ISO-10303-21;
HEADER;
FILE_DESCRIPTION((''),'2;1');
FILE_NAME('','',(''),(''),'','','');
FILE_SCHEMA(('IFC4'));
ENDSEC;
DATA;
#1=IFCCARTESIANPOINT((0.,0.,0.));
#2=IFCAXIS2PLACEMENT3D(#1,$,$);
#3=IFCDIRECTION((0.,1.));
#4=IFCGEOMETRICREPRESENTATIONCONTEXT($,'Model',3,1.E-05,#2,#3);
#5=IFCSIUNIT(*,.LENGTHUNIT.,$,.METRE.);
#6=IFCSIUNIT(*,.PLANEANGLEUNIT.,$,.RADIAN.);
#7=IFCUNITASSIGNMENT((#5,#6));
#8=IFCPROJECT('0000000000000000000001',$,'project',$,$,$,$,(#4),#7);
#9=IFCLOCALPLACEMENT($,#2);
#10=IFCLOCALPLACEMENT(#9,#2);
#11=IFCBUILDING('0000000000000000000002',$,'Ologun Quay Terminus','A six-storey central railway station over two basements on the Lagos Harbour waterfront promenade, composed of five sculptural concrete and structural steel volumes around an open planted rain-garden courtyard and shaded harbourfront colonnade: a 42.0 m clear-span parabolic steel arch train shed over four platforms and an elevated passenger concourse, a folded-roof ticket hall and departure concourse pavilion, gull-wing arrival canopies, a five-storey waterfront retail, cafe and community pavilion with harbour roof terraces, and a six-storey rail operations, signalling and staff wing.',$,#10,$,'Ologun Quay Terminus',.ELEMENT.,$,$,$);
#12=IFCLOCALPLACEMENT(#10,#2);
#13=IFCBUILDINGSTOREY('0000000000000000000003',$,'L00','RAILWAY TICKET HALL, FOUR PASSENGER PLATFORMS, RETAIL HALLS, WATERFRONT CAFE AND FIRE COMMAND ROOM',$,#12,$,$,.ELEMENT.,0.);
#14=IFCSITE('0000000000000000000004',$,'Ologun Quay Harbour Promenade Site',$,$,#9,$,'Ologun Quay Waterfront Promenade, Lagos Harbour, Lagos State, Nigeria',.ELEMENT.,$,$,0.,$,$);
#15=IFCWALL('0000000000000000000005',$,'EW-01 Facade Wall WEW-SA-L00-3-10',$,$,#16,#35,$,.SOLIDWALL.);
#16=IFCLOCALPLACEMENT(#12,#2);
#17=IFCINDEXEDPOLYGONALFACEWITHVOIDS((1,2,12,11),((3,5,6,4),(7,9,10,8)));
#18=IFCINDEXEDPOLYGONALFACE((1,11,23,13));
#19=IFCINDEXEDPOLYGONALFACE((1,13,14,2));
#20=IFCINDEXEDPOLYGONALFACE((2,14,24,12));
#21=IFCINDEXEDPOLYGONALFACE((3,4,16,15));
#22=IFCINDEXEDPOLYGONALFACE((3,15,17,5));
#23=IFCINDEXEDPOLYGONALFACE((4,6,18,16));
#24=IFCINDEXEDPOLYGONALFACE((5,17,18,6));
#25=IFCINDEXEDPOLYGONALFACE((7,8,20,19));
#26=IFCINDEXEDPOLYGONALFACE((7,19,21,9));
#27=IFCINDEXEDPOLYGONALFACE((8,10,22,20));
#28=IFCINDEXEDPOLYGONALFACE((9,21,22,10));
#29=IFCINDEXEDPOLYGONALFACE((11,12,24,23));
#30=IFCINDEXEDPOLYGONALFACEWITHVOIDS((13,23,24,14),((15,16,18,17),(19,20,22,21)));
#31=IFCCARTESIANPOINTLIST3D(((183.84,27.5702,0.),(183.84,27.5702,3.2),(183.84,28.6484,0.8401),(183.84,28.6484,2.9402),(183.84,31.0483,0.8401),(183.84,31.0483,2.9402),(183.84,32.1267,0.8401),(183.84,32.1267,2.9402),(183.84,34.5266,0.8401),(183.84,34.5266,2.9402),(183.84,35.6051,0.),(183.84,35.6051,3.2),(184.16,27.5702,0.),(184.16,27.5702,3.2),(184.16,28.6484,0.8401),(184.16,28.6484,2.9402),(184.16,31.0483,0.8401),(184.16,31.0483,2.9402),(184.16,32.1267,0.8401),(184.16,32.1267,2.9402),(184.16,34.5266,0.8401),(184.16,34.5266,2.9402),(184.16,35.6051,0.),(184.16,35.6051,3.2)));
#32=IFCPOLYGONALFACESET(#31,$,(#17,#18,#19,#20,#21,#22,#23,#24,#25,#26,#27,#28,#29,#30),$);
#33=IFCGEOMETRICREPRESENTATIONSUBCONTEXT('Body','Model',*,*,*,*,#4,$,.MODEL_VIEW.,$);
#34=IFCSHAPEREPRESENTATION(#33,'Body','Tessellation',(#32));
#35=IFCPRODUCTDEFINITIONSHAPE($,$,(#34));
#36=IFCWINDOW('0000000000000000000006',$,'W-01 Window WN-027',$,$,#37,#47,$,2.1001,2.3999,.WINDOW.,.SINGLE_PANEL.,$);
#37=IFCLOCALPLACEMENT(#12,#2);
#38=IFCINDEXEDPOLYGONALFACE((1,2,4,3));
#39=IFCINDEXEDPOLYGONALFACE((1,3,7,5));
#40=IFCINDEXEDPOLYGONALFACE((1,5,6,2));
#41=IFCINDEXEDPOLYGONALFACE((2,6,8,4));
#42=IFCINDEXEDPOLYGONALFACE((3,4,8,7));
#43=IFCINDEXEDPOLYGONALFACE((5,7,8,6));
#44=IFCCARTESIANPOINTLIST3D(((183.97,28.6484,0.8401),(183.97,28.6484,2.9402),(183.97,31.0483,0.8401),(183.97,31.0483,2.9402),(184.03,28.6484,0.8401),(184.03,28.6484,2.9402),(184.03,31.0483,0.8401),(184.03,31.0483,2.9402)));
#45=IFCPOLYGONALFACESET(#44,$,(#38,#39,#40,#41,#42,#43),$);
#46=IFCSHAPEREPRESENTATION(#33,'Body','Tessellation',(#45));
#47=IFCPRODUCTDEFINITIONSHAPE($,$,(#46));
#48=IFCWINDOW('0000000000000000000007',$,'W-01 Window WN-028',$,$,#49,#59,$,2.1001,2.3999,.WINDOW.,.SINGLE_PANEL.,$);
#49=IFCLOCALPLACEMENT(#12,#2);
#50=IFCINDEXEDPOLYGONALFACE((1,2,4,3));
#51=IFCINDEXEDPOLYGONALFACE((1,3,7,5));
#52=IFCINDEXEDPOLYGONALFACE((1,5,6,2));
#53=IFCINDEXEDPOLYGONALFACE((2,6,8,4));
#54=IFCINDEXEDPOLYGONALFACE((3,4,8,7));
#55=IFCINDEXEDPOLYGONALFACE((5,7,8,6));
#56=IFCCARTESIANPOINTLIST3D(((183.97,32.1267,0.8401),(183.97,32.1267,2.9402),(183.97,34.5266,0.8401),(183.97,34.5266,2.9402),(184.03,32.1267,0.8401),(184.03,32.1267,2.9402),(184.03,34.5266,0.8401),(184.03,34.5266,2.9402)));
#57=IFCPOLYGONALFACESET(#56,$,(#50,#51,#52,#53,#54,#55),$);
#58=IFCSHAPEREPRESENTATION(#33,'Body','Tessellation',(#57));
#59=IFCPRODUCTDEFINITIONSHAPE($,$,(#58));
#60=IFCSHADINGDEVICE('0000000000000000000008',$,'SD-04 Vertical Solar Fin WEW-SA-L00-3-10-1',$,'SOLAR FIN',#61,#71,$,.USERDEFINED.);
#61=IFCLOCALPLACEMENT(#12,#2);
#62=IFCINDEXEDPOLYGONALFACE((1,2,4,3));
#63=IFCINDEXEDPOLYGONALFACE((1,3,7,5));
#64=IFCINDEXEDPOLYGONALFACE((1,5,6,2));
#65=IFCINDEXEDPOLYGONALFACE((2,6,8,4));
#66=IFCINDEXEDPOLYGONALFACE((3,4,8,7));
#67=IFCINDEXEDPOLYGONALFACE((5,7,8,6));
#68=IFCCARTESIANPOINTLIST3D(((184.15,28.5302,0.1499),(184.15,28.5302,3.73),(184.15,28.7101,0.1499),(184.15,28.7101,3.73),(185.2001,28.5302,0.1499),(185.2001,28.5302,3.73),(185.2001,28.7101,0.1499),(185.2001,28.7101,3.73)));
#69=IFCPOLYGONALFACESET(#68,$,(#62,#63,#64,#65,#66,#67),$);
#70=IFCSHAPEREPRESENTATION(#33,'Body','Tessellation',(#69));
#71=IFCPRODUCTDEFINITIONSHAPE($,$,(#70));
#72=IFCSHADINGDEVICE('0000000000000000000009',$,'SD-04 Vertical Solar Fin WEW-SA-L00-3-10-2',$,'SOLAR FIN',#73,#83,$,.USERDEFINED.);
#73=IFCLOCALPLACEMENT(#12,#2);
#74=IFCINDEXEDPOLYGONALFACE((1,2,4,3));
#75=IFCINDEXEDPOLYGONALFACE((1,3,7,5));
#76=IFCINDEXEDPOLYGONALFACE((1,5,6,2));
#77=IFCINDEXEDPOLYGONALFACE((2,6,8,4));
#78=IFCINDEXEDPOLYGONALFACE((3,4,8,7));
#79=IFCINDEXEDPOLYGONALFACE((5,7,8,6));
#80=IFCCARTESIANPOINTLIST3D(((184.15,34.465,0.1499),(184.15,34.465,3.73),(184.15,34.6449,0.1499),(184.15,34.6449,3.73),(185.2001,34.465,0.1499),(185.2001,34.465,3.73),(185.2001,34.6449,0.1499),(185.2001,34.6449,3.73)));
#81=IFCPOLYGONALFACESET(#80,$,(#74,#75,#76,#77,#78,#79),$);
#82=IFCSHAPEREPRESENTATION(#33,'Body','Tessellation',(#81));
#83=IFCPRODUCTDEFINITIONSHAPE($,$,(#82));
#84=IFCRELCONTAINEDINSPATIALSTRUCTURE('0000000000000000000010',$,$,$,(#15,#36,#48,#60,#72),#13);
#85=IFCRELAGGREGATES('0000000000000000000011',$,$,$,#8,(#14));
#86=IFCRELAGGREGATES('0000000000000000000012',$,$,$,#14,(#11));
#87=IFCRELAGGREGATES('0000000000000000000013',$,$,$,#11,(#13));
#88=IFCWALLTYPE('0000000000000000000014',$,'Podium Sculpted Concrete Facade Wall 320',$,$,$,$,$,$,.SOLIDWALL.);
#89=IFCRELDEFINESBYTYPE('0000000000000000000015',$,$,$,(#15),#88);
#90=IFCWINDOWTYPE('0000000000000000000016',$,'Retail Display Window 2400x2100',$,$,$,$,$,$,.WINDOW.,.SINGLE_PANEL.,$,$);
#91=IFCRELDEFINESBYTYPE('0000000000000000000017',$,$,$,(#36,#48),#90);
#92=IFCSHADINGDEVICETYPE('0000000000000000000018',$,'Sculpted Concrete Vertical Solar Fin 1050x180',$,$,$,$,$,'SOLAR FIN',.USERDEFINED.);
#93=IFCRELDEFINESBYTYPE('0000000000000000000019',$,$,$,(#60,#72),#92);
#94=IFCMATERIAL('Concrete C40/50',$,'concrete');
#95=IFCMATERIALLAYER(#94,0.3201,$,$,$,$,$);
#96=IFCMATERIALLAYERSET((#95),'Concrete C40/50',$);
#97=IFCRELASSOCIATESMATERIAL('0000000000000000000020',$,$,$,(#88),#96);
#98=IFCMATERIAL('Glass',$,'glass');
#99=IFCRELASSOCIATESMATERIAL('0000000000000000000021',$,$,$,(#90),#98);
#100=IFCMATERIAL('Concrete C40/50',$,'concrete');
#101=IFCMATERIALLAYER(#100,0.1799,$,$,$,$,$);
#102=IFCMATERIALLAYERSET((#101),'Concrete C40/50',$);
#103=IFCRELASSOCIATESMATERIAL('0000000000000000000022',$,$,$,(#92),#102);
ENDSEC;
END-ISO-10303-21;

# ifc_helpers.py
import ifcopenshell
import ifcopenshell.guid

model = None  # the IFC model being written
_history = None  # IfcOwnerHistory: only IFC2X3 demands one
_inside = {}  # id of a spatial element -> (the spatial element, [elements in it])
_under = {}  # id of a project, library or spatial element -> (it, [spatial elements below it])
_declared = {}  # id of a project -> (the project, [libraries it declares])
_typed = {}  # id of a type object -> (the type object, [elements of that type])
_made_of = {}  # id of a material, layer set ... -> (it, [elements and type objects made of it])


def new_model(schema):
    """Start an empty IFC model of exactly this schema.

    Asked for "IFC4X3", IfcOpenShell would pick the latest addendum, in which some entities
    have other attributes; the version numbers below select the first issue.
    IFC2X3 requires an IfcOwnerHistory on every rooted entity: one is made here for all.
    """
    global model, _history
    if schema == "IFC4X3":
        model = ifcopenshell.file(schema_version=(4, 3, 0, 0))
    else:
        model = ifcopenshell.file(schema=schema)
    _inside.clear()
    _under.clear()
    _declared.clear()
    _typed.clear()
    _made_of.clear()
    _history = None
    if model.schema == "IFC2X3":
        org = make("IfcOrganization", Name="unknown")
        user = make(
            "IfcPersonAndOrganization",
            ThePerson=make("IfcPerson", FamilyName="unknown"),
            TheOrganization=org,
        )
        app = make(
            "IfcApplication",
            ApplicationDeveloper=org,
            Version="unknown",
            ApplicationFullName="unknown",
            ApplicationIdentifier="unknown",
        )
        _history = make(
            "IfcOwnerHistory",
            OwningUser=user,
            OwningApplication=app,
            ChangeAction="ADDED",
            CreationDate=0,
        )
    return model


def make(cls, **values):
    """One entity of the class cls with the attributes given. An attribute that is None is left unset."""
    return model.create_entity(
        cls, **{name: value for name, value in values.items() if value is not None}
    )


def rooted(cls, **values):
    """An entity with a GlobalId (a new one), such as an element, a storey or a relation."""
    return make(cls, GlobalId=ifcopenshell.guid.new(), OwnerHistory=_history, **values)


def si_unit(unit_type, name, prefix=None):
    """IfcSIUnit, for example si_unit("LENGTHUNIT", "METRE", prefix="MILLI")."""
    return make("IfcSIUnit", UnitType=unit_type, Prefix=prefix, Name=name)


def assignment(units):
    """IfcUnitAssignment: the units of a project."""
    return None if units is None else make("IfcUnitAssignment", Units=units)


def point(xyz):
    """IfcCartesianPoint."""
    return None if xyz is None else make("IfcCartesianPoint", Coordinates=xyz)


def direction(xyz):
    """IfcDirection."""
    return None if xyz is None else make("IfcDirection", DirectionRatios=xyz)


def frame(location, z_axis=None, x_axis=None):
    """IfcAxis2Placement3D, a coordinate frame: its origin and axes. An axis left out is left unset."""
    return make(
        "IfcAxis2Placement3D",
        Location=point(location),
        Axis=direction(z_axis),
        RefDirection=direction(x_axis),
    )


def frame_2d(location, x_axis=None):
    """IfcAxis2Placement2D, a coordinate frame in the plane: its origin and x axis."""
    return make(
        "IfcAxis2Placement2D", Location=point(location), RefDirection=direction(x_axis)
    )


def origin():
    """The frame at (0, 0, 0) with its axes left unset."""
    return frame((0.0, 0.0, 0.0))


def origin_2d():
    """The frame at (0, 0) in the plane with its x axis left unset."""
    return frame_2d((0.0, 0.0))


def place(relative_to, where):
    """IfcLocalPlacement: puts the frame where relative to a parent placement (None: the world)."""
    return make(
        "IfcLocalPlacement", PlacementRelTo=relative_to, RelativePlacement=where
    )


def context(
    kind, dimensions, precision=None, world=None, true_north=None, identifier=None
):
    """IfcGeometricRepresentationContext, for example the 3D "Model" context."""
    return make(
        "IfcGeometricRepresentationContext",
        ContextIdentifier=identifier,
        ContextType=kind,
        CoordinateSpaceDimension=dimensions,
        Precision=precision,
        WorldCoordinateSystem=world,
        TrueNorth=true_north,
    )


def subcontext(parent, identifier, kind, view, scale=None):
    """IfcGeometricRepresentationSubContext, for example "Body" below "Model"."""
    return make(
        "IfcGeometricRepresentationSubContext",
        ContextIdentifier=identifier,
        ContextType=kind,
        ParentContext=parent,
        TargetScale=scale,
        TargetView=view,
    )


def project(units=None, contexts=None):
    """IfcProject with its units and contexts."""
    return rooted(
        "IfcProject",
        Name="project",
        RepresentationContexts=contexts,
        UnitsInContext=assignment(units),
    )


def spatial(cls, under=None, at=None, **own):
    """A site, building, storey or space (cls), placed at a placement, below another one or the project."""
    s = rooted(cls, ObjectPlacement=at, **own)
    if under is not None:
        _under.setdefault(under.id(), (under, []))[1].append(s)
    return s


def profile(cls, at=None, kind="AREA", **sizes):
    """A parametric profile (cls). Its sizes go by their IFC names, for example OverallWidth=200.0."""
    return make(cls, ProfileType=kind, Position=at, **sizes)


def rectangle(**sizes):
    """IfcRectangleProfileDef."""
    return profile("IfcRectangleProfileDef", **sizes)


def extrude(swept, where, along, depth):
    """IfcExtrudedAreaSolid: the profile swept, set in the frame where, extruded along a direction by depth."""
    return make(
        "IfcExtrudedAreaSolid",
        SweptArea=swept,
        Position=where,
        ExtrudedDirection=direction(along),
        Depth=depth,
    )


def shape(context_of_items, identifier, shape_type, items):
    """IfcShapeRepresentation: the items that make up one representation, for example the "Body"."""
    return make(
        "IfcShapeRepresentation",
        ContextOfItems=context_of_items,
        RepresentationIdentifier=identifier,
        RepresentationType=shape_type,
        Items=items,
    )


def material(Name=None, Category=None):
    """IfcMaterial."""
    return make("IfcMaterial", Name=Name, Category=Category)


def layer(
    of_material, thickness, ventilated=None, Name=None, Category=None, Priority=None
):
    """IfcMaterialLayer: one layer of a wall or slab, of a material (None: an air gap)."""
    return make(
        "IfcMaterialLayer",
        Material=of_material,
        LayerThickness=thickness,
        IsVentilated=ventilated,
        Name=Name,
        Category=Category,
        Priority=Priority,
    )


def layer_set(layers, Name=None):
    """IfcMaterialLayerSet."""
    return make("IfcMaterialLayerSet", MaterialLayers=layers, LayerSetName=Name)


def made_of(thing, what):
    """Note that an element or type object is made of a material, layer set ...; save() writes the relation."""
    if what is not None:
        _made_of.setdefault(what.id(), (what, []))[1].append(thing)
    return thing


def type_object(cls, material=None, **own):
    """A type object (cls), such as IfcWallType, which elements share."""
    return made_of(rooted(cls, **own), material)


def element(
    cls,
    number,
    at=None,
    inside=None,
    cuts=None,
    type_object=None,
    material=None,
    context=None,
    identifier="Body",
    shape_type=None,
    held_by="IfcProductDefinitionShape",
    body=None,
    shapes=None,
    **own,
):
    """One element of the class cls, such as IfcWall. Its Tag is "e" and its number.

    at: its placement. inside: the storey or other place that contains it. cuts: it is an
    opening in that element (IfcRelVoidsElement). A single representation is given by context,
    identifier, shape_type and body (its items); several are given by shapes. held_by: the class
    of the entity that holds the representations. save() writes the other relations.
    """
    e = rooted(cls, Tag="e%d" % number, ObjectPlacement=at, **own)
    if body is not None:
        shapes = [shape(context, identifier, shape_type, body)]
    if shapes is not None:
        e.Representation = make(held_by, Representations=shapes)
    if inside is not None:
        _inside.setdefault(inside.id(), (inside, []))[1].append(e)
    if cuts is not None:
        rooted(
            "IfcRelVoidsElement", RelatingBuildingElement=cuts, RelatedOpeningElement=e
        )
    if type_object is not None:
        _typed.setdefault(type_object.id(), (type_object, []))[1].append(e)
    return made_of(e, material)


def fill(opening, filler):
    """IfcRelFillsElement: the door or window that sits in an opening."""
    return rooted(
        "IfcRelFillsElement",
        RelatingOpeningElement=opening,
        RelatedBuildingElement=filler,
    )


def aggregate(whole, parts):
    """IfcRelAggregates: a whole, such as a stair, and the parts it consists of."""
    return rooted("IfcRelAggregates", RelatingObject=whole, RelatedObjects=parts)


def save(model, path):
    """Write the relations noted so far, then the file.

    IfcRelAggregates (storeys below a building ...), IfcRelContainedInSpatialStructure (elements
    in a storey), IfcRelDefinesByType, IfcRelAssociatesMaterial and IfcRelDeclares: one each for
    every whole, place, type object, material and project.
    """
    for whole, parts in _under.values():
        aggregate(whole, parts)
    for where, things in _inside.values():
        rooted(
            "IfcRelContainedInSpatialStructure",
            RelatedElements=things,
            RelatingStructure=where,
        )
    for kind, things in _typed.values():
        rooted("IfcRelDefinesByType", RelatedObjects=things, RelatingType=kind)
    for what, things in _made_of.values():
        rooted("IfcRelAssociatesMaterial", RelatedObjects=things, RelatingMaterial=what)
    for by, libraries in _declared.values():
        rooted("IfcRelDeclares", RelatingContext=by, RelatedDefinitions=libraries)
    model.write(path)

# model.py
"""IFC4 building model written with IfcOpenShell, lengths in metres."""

from ifc_helpers import new_model, si_unit, direction, frame, frame_2d, origin, origin_2d, place, context, subcontext, project, spatial, rectangle, extrude, material, layer, layer_set, type_object, element, fill, save


model = new_model("IFC4")

# Units and contexts
model_context = context("Model", 3, precision=1e-05, world=origin(), true_north=direction((0.0, 1.0)))
body_context = subcontext(model_context, "Body", "Model", "MODEL_VIEW")
ifc_project = project(units=[si_unit("LENGTHUNIT", "METRE"), si_unit("PLANEANGLEUNIT", "RADIAN")], contexts=[model_context])

# Site, building, storey
site_placement = place(None, origin())
site = spatial("IfcSite", under=ifc_project, at=site_placement, Name="Ologun Quay Harbour Promenade Site", LongName="Ologun Quay Waterfront Promenade, Lagos Harbour, Lagos State, Nigeria", CompositionType="ELEMENT", RefElevation=0.0)
building_placement = place(site_placement, origin())
building = spatial("IfcBuilding", under=site, at=building_placement, Name="Ologun Quay Terminus", Description="A six-storey central railway station over two basements on the Lagos Harbour waterfront promenade, composed of five sculptural concrete and structural steel volumes around an open planted rain-garden courtyard and shaded harbourfront colonnade: a 42.0 m clear-span parabolic steel arch train shed over four platforms and an elevated passenger concourse, a folded-roof ticket hall and departure concourse pavilion, gull-wing arrival canopies, a five-storey waterfront retail, cafe and community pavilion with harbour roof terraces, and a six-storey rail operations, signalling and staff wing.", LongName="Ologun Quay Terminus", CompositionType="ELEMENT")
storey_placement = place(building_placement, origin())
storey = spatial("IfcBuildingStorey", under=building, at=storey_placement, Name="L00", Description="RAILWAY TICKET HALL, FOUR PASSENGER PLATFORMS, RETAIL HALLS, WATERFRONT CAFE AND FIRE COMMAND ROOM", CompositionType="ELEMENT", Elevation=0.0)

# Wall, openings, windows
ifc_material_1 = material(Name="Concrete C40/50", Category="concrete")
ifc_layer_1 = layer(ifc_material_1, 0.3201)
ifc_layer_set_1 = layer_set([ifc_layer_1], Name="Concrete C40/50")
wall_type_1 = type_object("IfcWallType", Name="Podium Sculpted Concrete Facade Wall 320", PredefinedType="SOLIDWALL", material=ifc_layer_set_1)
wall_1_placement = place(storey_placement, frame((184.0, 27.5701, 0.0), z_axis=(0.0, 0.0, 1.0), x_axis=(0.0, 1.0, 0.0)))
wall_1 = element("IfcWall", 1, at=wall_1_placement, inside=storey, type_object=wall_type_1, Name="EW-01 Facade Wall WEW-SA-L00-3-10", PredefinedType="SOLIDWALL", context=body_context, shape_type="SweptSolid", body=[
    extrude(rectangle(XDim=8.0349, YDim=0.3201, at=frame_2d((4.0176, 0.0))), origin(), (0.0, 0.0, 1.0), 3.2),
])
opening_1_placement = place(wall_1_placement, frame((1.0784, 0.0, 0.8401)))
opening_1 = element("IfcOpeningElement", 2, at=opening_1_placement, cuts=wall_1, PredefinedType="OPENING", context=body_context, shape_type="SweptSolid", body=[
    extrude(rectangle(XDim=2.3999, YDim=2.1001, at=frame_2d((1.2, 1.05))), frame((0.0, 0.1699, 0.0), z_axis=(0.0, -1.0, 0.0), x_axis=(1.0, 0.0, 0.0)), (0.0, 0.0, 1.0), 0.3401),
])
opening_2_placement = place(wall_1_placement, frame((4.5566, 0.0, 0.8401)))
opening_2 = element("IfcOpeningElement", 3, at=opening_2_placement, cuts=wall_1, PredefinedType="OPENING", context=body_context, shape_type="SweptSolid", body=[
    extrude(rectangle(XDim=2.3999, YDim=2.1001, at=frame_2d((1.2, 1.05))), frame((0.0, 0.1699, 0.0), z_axis=(0.0, -1.0, 0.0), x_axis=(1.0, 0.0, 0.0)), (0.0, 0.0, 1.0), 0.3401),
])
ifc_material_2 = material(Name="Glass", Category="glass")
window_type = type_object("IfcWindowType", Name="Retail Display Window 2400x2100", PartitioningType="SINGLE_PANEL", PredefinedType="WINDOW", material=ifc_material_2)
window_1_placement = place(opening_1_placement, origin())
window_1 = element("IfcWindow", 4, at=window_1_placement, inside=storey, type_object=window_type, Name="W-01 Window WN-027", OverallHeight=2.1001, OverallWidth=2.3999, PartitioningType="SINGLE_PANEL", PredefinedType="WINDOW", context=body_context, shape_type="SweptSolid", body=[
    extrude(rectangle(XDim=2.3999, YDim=2.1001, at=frame_2d((1.2, 1.05))), frame((0.0, 0.03, 0.0), z_axis=(0.0, -1.0, 0.0), x_axis=(1.0, 0.0, 0.0)), (0.0, 0.0, 1.0), 0.0601),
])
fill(opening_1, window_1)
window_2_placement = place(opening_2_placement, origin())
window_2 = element("IfcWindow", 5, at=window_2_placement, inside=storey, type_object=window_type, Name="W-01 Window WN-028", OverallHeight=2.1001, OverallWidth=2.3999, PartitioningType="SINGLE_PANEL", PredefinedType="WINDOW", context=body_context, shape_type="SweptSolid", body=[
    extrude(rectangle(XDim=2.3999, YDim=2.1001, at=frame_2d((1.2, 1.05))), frame((0.0, 0.03, 0.0), z_axis=(0.0, -1.0, 0.0), x_axis=(1.0, 0.0, 0.0)), (0.0, 0.0, 1.0), 0.0601),
])
fill(opening_2, window_2)

# Shading devices
ifc_material_3 = material(Name="Concrete C40/50", Category="concrete")
ifc_layer_2 = layer(ifc_material_3, 0.1799)
ifc_layer_set_2 = layer_set([ifc_layer_2], Name="Concrete C40/50")
shading_device_type = type_object("IfcShadingDeviceType", Name="Sculpted Concrete Vertical Solar Fin 1050x180", ElementType="SOLAR FIN", PredefinedType="USERDEFINED", material=ifc_layer_set_2)
for number, where, z_axis, x_axis, name in (
    (6, (184.675, 28.6201, 0.1499), (0.0, 0.0, 1.0), (1.0, 0.0, 0.0), "SD-04 Vertical Solar Fin WEW-SA-L00-3-10-1"),
    (7, (184.675, 34.5549, 0.1499), (0.0, 0.0, 1.0), (1.0, 0.0, 0.0), "SD-04 Vertical Solar Fin WEW-SA-L00-3-10-2"),
):
    element("IfcShadingDevice", number, at=place(storey_placement, frame(where, z_axis=z_axis, x_axis=x_axis)), inside=storey, type_object=shading_device_type, Name=name, ObjectType="SOLAR FIN", PredefinedType="USERDEFINED", context=body_context, shape_type="SweptSolid", body=[
        extrude(rectangle(XDim=1.05, YDim=0.1799, at=origin_2d()), origin(), (0.0, 0.0, 1.0), 3.5801),
    ])

save(model, "model.ifc")
